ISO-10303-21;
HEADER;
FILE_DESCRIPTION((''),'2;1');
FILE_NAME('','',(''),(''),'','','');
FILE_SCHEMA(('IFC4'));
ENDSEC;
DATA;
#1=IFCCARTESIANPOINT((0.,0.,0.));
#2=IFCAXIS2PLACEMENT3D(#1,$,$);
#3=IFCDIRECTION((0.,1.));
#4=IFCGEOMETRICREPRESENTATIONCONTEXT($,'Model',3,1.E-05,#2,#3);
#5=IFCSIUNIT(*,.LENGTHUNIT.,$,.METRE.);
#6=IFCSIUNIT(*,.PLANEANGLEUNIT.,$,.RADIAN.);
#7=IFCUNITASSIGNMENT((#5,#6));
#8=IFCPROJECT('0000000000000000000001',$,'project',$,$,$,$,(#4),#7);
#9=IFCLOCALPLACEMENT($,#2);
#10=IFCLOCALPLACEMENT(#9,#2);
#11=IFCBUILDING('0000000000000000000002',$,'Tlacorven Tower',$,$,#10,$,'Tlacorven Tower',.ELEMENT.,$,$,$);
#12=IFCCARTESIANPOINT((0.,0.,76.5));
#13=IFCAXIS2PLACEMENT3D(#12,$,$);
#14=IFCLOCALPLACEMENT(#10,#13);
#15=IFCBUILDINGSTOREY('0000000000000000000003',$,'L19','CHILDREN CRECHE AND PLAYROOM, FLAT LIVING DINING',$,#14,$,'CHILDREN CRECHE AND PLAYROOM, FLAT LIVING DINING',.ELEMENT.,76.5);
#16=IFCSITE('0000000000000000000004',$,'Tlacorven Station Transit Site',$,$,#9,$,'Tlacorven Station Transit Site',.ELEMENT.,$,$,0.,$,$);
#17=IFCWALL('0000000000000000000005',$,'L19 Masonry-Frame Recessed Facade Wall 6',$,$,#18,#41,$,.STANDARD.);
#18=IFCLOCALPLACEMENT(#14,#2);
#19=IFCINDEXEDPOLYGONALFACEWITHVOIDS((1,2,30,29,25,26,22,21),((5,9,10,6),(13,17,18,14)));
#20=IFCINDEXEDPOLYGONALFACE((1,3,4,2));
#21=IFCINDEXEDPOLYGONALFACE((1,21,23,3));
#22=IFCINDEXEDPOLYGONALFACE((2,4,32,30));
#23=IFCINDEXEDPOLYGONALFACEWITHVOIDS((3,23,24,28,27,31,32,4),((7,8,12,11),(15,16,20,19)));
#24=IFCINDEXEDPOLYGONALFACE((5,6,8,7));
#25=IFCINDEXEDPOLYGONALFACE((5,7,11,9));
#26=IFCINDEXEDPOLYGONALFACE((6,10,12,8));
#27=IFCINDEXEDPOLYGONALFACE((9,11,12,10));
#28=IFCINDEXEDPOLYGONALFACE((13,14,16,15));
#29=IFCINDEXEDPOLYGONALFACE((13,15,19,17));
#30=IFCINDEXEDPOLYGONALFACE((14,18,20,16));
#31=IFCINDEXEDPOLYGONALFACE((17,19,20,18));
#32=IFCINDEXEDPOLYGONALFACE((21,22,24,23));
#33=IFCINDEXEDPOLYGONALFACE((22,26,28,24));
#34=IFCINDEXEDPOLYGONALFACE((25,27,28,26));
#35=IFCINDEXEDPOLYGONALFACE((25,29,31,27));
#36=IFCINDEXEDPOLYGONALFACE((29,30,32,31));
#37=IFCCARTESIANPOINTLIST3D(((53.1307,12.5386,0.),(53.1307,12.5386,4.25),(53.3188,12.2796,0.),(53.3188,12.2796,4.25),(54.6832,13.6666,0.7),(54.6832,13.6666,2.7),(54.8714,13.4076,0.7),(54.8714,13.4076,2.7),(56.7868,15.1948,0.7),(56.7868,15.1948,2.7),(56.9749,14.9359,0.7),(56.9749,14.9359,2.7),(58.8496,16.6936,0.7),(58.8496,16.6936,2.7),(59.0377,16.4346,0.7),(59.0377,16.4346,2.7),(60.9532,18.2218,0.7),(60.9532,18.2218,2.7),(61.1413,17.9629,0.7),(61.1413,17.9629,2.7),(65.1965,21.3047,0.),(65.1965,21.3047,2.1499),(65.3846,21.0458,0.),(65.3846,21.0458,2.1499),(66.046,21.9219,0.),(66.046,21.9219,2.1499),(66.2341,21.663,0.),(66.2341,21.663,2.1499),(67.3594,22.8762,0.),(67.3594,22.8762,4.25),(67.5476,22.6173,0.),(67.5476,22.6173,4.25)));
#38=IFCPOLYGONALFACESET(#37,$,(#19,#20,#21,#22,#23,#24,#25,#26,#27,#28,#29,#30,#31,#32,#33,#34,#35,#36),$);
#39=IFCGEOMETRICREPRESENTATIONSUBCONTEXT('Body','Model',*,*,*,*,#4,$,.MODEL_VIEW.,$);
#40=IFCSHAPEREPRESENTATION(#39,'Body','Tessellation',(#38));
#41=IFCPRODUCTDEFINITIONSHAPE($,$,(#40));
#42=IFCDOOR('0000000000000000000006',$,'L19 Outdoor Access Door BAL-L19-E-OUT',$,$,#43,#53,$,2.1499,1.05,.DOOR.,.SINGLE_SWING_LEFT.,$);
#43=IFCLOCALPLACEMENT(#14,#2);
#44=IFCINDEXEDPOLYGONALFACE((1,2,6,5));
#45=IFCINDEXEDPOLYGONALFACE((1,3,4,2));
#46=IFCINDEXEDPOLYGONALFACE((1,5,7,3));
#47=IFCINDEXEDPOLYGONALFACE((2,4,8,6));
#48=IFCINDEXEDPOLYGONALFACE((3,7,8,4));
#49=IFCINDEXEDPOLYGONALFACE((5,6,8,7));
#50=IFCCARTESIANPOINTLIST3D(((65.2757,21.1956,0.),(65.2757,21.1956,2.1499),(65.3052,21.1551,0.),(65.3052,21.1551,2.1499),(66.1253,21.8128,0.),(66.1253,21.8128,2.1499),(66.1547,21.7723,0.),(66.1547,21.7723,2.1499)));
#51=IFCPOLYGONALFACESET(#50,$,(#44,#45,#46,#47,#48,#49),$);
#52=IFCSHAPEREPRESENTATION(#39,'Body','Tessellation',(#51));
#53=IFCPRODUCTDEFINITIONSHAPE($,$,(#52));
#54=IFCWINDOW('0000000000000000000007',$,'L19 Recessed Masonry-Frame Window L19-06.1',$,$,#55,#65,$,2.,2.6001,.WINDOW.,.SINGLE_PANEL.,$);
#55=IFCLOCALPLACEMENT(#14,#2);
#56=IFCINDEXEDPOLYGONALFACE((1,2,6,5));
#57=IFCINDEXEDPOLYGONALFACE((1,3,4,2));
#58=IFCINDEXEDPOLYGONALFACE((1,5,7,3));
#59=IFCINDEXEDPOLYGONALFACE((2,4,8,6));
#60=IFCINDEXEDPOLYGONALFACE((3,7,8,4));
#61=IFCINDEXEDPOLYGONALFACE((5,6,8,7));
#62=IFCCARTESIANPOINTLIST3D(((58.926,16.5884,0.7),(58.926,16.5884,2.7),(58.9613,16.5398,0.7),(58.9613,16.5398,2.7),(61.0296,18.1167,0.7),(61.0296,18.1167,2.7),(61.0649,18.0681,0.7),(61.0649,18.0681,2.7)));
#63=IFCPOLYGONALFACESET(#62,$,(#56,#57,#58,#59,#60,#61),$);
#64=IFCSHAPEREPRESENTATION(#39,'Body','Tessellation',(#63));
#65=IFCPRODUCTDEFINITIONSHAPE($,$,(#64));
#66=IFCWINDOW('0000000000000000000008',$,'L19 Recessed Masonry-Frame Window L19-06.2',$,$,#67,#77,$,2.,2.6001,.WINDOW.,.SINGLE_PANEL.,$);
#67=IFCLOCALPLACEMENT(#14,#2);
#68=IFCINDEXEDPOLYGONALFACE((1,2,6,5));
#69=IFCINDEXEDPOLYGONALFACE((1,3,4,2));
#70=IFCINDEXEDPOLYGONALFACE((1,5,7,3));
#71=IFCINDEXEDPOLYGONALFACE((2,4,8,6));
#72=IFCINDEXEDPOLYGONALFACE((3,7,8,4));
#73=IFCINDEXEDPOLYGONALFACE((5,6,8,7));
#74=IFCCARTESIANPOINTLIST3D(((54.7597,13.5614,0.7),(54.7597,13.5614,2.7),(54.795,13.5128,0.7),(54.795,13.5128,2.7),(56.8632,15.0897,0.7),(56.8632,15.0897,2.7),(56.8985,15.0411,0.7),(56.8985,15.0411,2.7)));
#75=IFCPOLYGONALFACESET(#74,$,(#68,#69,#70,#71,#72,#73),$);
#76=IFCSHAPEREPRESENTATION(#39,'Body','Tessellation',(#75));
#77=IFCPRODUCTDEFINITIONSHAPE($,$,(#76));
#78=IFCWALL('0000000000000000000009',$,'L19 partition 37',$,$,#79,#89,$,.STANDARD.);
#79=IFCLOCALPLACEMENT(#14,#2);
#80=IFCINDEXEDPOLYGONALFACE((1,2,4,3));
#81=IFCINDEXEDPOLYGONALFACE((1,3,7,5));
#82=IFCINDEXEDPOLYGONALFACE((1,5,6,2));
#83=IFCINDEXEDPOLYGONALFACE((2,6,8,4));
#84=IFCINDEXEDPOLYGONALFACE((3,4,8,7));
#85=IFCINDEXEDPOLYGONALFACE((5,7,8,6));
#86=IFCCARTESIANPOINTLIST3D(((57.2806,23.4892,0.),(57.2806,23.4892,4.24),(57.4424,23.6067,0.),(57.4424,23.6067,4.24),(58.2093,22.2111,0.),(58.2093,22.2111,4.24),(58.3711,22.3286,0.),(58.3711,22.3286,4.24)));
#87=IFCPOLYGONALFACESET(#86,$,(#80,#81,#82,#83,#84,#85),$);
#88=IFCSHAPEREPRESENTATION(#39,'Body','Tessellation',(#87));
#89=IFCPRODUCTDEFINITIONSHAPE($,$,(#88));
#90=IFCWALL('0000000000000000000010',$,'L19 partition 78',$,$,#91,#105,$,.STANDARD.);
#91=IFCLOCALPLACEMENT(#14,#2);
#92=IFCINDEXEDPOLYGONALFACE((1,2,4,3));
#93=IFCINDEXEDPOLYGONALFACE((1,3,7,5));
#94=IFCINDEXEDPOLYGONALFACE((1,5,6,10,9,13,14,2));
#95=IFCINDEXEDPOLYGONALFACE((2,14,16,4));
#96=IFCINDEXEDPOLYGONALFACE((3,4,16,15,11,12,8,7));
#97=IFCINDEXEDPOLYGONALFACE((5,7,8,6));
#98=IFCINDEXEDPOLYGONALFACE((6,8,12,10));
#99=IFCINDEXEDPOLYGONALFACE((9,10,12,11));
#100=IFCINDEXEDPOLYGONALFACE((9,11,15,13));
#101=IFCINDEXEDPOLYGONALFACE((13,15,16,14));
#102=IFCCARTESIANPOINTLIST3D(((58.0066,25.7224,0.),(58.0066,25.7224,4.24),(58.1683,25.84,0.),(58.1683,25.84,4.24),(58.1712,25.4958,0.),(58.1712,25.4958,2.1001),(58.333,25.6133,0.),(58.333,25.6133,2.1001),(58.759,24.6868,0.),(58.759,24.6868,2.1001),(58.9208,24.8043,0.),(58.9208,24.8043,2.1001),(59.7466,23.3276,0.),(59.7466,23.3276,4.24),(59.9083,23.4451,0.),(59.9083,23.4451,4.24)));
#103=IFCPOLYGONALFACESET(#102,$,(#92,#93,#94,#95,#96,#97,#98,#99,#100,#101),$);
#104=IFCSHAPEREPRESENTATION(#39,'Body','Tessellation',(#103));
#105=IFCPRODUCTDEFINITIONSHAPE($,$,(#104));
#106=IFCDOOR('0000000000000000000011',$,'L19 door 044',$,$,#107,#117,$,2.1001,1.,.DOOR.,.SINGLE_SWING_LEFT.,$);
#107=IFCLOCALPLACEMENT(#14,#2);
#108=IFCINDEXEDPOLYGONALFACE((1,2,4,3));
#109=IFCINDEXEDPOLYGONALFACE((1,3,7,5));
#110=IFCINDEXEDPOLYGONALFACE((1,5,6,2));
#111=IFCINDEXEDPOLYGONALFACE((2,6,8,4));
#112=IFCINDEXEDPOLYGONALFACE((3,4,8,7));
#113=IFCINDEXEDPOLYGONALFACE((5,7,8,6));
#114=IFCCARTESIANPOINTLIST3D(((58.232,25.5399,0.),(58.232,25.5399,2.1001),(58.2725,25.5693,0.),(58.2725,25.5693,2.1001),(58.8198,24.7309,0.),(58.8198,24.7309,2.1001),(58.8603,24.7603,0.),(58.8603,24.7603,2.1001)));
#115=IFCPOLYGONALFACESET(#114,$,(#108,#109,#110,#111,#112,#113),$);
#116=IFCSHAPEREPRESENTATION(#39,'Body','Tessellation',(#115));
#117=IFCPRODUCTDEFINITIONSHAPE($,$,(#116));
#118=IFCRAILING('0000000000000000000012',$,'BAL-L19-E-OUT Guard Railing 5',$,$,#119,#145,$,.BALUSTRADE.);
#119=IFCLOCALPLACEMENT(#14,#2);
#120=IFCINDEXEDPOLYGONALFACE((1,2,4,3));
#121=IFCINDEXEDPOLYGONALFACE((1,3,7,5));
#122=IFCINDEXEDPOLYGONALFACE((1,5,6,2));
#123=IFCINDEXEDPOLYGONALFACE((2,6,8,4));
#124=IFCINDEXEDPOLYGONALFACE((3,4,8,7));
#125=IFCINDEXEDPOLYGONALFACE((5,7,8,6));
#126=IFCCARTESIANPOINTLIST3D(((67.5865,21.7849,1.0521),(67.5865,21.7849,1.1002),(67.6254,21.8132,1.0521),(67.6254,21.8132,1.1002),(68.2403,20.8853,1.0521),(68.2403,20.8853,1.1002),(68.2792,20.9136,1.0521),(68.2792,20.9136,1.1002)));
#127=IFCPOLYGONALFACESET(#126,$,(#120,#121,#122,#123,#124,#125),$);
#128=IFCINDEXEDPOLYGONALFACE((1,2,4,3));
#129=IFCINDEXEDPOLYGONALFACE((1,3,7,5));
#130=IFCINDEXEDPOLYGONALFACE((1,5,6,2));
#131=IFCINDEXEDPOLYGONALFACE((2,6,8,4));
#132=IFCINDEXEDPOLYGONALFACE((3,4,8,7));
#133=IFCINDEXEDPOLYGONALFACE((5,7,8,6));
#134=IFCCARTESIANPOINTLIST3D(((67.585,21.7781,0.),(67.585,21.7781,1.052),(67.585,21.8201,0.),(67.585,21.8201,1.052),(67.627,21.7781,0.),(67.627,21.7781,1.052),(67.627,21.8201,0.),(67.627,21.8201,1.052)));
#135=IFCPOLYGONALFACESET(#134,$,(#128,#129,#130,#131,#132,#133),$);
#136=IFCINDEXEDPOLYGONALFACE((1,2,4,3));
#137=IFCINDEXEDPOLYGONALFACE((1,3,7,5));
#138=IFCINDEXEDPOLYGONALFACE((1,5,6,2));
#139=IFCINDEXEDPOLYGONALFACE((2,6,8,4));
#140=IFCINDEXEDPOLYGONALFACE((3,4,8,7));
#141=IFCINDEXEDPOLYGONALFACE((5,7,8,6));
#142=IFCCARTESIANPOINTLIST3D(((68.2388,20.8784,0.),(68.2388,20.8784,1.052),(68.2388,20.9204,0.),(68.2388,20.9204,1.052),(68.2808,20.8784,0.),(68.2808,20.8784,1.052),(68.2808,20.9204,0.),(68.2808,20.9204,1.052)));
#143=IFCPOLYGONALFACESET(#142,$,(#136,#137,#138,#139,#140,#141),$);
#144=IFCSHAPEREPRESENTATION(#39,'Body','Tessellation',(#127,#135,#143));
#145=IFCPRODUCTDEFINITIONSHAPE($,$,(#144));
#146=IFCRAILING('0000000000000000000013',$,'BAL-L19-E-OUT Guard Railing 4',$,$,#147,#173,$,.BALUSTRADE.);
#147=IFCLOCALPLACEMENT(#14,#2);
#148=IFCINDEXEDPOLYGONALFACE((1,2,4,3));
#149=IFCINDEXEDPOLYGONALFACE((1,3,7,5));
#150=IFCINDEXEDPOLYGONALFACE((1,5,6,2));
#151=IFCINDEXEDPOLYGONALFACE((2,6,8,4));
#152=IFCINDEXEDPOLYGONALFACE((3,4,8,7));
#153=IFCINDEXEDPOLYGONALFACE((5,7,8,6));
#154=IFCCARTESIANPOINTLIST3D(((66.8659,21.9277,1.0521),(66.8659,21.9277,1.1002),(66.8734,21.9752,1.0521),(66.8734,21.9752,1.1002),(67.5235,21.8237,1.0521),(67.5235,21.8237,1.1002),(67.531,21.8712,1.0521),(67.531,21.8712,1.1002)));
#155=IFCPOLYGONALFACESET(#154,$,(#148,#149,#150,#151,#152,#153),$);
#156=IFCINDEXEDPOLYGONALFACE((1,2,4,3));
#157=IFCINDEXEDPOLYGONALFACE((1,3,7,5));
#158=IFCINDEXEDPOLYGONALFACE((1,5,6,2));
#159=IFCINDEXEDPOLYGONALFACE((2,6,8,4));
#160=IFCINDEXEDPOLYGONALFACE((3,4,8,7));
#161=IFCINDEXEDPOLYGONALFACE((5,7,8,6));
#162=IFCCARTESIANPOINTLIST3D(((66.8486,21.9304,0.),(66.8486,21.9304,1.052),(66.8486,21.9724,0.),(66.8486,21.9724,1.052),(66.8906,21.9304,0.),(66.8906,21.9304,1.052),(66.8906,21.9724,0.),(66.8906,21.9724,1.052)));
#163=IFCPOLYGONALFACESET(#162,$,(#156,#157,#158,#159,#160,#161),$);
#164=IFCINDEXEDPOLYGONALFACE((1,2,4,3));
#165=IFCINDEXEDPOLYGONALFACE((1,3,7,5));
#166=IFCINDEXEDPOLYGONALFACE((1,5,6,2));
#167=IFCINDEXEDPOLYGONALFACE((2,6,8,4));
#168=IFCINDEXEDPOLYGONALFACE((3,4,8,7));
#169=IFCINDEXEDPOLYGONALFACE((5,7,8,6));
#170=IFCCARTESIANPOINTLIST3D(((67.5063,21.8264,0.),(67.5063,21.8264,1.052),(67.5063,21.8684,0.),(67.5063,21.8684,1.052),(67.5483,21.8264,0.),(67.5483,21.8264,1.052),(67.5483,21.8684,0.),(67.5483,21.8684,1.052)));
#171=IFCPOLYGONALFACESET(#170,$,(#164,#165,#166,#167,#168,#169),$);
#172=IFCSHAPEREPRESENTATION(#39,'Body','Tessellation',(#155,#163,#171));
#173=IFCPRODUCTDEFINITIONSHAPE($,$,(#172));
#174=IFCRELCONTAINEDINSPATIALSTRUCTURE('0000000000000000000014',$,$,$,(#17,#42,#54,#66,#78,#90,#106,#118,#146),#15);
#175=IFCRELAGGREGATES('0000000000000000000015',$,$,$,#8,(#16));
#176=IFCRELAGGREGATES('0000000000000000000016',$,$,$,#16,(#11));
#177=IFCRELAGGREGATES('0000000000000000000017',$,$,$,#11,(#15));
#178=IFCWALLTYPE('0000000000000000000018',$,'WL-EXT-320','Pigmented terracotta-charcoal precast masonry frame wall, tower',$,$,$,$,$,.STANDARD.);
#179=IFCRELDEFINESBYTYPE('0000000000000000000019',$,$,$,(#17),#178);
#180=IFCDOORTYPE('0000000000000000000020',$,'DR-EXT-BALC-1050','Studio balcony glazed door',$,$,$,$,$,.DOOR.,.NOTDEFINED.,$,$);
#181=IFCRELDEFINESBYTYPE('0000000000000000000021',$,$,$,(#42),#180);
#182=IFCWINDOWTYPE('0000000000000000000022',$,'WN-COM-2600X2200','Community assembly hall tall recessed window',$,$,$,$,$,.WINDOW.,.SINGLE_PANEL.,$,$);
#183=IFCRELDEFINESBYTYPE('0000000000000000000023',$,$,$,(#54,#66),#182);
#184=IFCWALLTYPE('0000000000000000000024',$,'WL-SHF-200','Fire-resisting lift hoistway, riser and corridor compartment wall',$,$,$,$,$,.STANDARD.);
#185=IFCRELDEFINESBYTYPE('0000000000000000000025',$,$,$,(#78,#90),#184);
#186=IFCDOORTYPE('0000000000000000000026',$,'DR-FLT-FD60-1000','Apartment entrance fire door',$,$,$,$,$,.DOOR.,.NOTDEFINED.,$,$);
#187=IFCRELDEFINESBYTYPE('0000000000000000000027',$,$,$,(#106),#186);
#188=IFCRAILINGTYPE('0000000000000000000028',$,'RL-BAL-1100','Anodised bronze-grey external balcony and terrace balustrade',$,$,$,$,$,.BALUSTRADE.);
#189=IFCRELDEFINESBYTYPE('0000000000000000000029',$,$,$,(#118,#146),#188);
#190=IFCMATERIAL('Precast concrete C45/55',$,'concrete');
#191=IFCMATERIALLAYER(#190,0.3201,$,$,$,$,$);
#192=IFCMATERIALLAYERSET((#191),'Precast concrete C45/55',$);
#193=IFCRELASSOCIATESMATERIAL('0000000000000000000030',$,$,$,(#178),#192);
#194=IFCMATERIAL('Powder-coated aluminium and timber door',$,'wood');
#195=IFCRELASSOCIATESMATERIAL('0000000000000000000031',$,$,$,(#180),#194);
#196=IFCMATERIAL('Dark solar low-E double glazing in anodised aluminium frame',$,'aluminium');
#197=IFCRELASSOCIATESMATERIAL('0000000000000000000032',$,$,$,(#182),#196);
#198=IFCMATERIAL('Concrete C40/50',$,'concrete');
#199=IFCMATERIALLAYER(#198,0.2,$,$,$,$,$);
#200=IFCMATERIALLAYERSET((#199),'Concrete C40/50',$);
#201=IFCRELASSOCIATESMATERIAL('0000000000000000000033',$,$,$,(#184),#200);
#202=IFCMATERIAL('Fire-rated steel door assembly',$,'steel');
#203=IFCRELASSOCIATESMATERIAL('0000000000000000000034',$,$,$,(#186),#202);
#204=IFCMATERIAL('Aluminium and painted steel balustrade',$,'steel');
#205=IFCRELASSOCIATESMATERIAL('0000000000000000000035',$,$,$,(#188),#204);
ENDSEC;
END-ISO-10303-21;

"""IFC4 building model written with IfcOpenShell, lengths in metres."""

from ifc_helpers import new_model, si_unit, direction, frame, frame_2d, origin, origin_2d, place, context, subcontext, project, spatial, rectangle, extrude, source, transform, mapped, material, layer, layer_set, type_object, element, fill, save


model = new_model("IFC4")

# Units and contexts
model_context = context("Model", 3, precision=1e-05, world=origin(), true_north=direction((0.0, 1.0)))
body_context = subcontext(model_context, "Body", "Model", "MODEL_VIEW")
ifc_project = project(units=[si_unit("LENGTHUNIT", "METRE"), si_unit("PLANEANGLEUNIT", "RADIAN")], contexts=[model_context])

# Site, building, storey
site_placement = place(None, origin())
site = spatial("IfcSite", under=ifc_project, at=site_placement, Name="Tlacorven Station Transit Site", LongName="Tlacorven Station Transit Site", CompositionType="ELEMENT", RefElevation=0.0)
building_placement = place(site_placement, origin())
building = spatial("IfcBuilding", under=site, at=building_placement, Name="Tlacorven Tower", LongName="Tlacorven Tower", CompositionType="ELEMENT")
storey_placement = place(building_placement, frame((0.0, 0.0, 76.5)))
storey = spatial("IfcBuildingStorey", under=building, at=storey_placement, Name="L19", Description="CHILDREN CRECHE AND PLAYROOM, FLAT LIVING DINING", LongName="CHILDREN CRECHE AND PLAYROOM, FLAT LIVING DINING", CompositionType="ELEMENT", Elevation=76.5)

# Shared definitions
ifc_material_1 = material(Name="Fire-rated steel door assembly", Category="steel")

# Wall, openings, door, windows
ifc_material_2 = material(Name="Precast concrete C45/55", Category="concrete")
ifc_layer_1 = layer(ifc_material_2, 0.3201)
ifc_layer_set_1 = layer_set([ifc_layer_1], Name="Precast concrete C45/55")
wall_type_1 = type_object("IfcWallType", Name="WL-EXT-320", Description="Pigmented terracotta-charcoal precast masonry frame wall, tower", PredefinedType="STANDARD", material=ifc_layer_set_1)
wall_1_placement = place(storey_placement, frame((67.4536, 22.7468, 0.0), z_axis=(0.0, 0.0, 1.0), x_axis=(-0.809021, -0.58778, 0.0)))
wall_1 = element("IfcWall", 1, at=wall_1_placement, inside=storey, type_object=wall_type_1, Name="L19 Masonry-Frame Recessed Facade Wall 6", PredefinedType="STANDARD", context=body_context, shape_type="SweptSolid", body=[
    extrude(rectangle(XDim=17.5876, YDim=0.3201, at=frame_2d((8.7939, 0.0))), origin(), (0.0, 0.0, 1.0), 4.25),
])
opening_1_placement = place(wall_1_placement, frame((1.6238, 0.0, 0.0)))
opening_1 = element("IfcOpeningElement", 2, at=opening_1_placement, cuts=wall_1, PredefinedType="OPENING", context=body_context, shape_type="SweptSolid", body=[
    extrude(rectangle(XDim=1.05, YDim=2.1499, at=frame_2d((0.5249, 1.075))), frame((0.0, 0.1699, 0.0), z_axis=(0.0, -1.0, 0.0), x_axis=(1.0, 0.0, 0.0)), (0.0, 0.0, 1.0), 0.3401),
])
opening_2_placement = place(wall_1_placement, frame((7.9187, 0.0, 0.7)))
opening_2 = element("IfcOpeningElement", 3, at=opening_2_placement, cuts=wall_1, PredefinedType="OPENING", context=body_context, shape_type="SweptSolid", body=[
    extrude(rectangle(XDim=2.6001, YDim=2.0, at=frame_2d((1.3, 1.0))), frame((0.0, 0.1699, 0.0), z_axis=(0.0, -1.0, 0.0), x_axis=(1.0, 0.0, 0.0)), (0.0, 0.0, 1.0), 0.3401),
])
opening_3_placement = place(wall_1_placement, frame((13.0686, 0.0, 0.7)))
opening_3 = element("IfcOpeningElement", 4, at=opening_3_placement, cuts=wall_1, PredefinedType="OPENING", context=body_context, shape_type="SweptSolid", body=[
    extrude(rectangle(XDim=2.6001, YDim=2.0, at=frame_2d((1.3, 1.0))), frame((0.0, 0.1699, 0.0), z_axis=(0.0, -1.0, 0.0), x_axis=(1.0, 0.0, 0.0)), (0.0, 0.0, 1.0), 0.3401),
])
ifc_material_3 = material(Name="Powder-coated aluminium and timber door", Category="wood")
door_type_1 = type_object("IfcDoorType", Name="DR-EXT-BALC-1050", Description="Studio balcony glazed door", OperationType="NOTDEFINED", PredefinedType="DOOR", material=ifc_material_3)
shared_shape_1 = source(origin(), body_context, "Body", "SweptSolid", [
    extrude(rectangle(XDim=1.05, YDim=2.1499, at=frame_2d((0.5249, 1.075))), frame((0.0, 0.0249, 0.0), z_axis=(0.0, -1.0, 0.0), x_axis=(1.0, 0.0, 0.0)), (0.0, 0.0, 1.0), 0.05),
])
door_1_placement = place(opening_1_placement, origin())
door_1 = element("IfcDoor", 5, at=door_1_placement, inside=storey, type_object=door_type_1, Name="L19 Outdoor Access Door BAL-L19-E-OUT", OperationType="SINGLE_SWING_LEFT", OverallHeight=2.1499, OverallWidth=1.05, PredefinedType="DOOR", context=body_context, shape_type="MappedRepresentation", body=[
    mapped(shared_shape_1, transform((0.0, 0.0, 0.0), scale=1.0)),
])
fill(opening_1, door_1)
ifc_material_4 = material(Name="Dark solar low-E double glazing in anodised aluminium frame", Category="aluminium")
window_type = type_object("IfcWindowType", Name="WN-COM-2600X2200", Description="Community assembly hall tall recessed window", PartitioningType="SINGLE_PANEL", PredefinedType="WINDOW", material=ifc_material_4)
shared_shape_2 = source(origin(), body_context, "Body", "SweptSolid", [
    extrude(rectangle(XDim=2.6001, YDim=2.0, at=frame_2d((1.3, 1.0))), frame((0.0, 0.03, 0.0), z_axis=(0.0, -1.0, 0.0), x_axis=(1.0, 0.0, 0.0)), (0.0, 0.0, 1.0), 0.0601),
])
window_1_placement = place(opening_2_placement, origin())
window_1 = element("IfcWindow", 6, at=window_1_placement, inside=storey, type_object=window_type, Name="L19 Recessed Masonry-Frame Window L19-06.1", OverallHeight=2.0, OverallWidth=2.6001, PartitioningType="SINGLE_PANEL", PredefinedType="WINDOW", context=body_context, shape_type="MappedRepresentation", body=[
    mapped(shared_shape_2, transform((0.0, 0.0, 0.0), scale=1.0)),
])
fill(opening_2, window_1)
window_2_placement = place(opening_3_placement, origin())
window_2 = element("IfcWindow", 7, at=window_2_placement, inside=storey, type_object=window_type, Name="L19 Recessed Masonry-Frame Window L19-06.2", OverallHeight=2.0, OverallWidth=2.6001, PartitioningType="SINGLE_PANEL", PredefinedType="WINDOW", context=body_context, shape_type="MappedRepresentation", body=[
    mapped(shared_shape_2, transform((0.0, 0.0, 0.0), scale=1.0)),
])
fill(opening_3, window_2)

# Wall
ifc_material_5 = material(Name="Concrete C40/50", Category="concrete")
ifc_layer_2 = layer(ifc_material_5, 0.2)
ifc_layer_set_2 = layer_set([ifc_layer_2], Name="Concrete C40/50")
wall_type_2 = type_object("IfcWallType", Name="WL-SHF-200", Description="Fire-resisting lift hoistway, riser and corridor compartment wall", PredefinedType="STANDARD", material=ifc_layer_set_2)
wall_2_placement = place(storey_placement, frame((58.2903, 22.2698, 0.0), z_axis=(0.0, 0.0, 1.0), x_axis=(-0.587841, 0.808977, 0.0)))
element("IfcWall", 8, at=wall_2_placement, inside=storey, type_object=wall_type_2, Name="L19 partition 37", PredefinedType="STANDARD", context=body_context, shape_type="SweptSolid", body=[
    extrude(rectangle(XDim=1.5798, YDim=0.2, at=frame_2d((0.79, 0.0))), origin(), (0.0, 0.0, 1.0), 4.24),
])

# Wall, opening, door
wall_3_placement = place(storey_placement, frame((59.8274, 23.3865, 0.0), z_axis=(0.0, 0.0, 1.0), x_axis=(-0.587804, 0.809003, 0.0)))
wall_3 = element("IfcWall", 9, at=wall_3_placement, inside=storey, type_object=wall_type_2, Name="L19 partition 78", PredefinedType="STANDARD", context=body_context, shape_type="SweptSolid", body=[
    extrude(rectangle(XDim=2.9602, YDim=0.2, at=frame_2d((1.48, 0.0))), origin(), (0.0, 0.0, 1.0), 4.24),
])
opening_4_placement = place(wall_3_placement, frame((1.6799, 0.0, 0.0)))
opening_4 = element("IfcOpeningElement", 10, at=opening_4_placement, cuts=wall_3, PredefinedType="OPENING", context=body_context, shape_type="SweptSolid", body=[
    extrude(rectangle(XDim=1.0, YDim=2.1001, at=frame_2d((0.5, 1.05))), frame((0.0, 0.1099, 0.0), z_axis=(0.0, -1.0, 0.0), x_axis=(1.0, 0.0, 0.0)), (0.0, 0.0, 1.0), 0.22),
])
door_type_2 = type_object("IfcDoorType", Name="DR-FLT-FD60-1000", Description="Apartment entrance fire door", OperationType="NOTDEFINED", PredefinedType="DOOR", material=ifc_material_1)
shared_shape_3 = source(origin(), body_context, "Body", "SweptSolid", [
    extrude(rectangle(XDim=1.0, YDim=2.1001, at=frame_2d((0.5, 1.05))), frame((0.0, 0.0249, 0.0), z_axis=(0.0, -1.0, 0.0), x_axis=(1.0, 0.0, 0.0)), (0.0, 0.0, 1.0), 0.05),
])
door_2_placement = place(opening_4_placement, origin())
door_2 = element("IfcDoor", 11, at=door_2_placement, inside=storey, type_object=door_type_2, Name="L19 door 044", OperationType="SINGLE_SWING_LEFT", OverallHeight=2.1001, OverallWidth=1.0, PredefinedType="DOOR", context=body_context, shape_type="MappedRepresentation", body=[
    mapped(shared_shape_3, transform((0.0, 0.0, 0.0), scale=1.0)),
])
fill(opening_4, door_2)

# Railings
ifc_material_6 = material(Name="Aluminium and painted steel balustrade", Category="steel")
railing_type = type_object("IfcRailingType", Name="RL-BAL-1100", Description="Anodised bronze-grey external balcony and terrace balustrade", PredefinedType="BALUSTRADE", material=ifc_material_6)
shared_shape_4 = source(origin(), body_context, "Body", "SweptSolid", [
    extrude(rectangle(XDim=0.0481, YDim=0.0481, at=origin_2d()), frame((0.0, 0.0, 1.0762), z_axis=(0.587884, -0.808945, 0.0), x_axis=(0.808945, 0.587884, 0.0)), (0.0, 0.0, 1.0), 1.1121),
    extrude(rectangle(XDim=0.042, YDim=0.042, at=origin_2d()), origin(), (0.0, 0.0, 1.0), 1.052),
    extrude(rectangle(XDim=0.042, YDim=0.042, at=origin_2d()), frame((0.6538, -0.8997, 0.0)), (0.0, 0.0, 1.0), 1.052),
])
railing_1_placement = place(storey_placement, frame((67.606, 21.7991, 0.0)))
element("IfcRailing", 12, at=railing_1_placement, inside=storey, type_object=railing_type, Name="BAL-L19-E-OUT Guard Railing 5", PredefinedType="BALUSTRADE", context=body_context, shape_type="MappedRepresentation", body=[
    mapped(shared_shape_4, transform((0.0, 0.0, 0.0), scale=1.0)),
])
shared_shape_5 = source(origin(), body_context, "Body", "SweptSolid", [
    extrude(rectangle(XDim=0.0481, YDim=0.0481, at=origin_2d()), frame((0.0, 0.0, 1.0762), z_axis=(0.987727, -0.156188, 0.0), x_axis=(0.156188, 0.987727, 0.0)), (0.0, 0.0, 1.0), 0.6658),
    extrude(rectangle(XDim=0.042, YDim=0.042, at=origin_2d()), origin(), (0.0, 0.0, 1.0), 1.052),
    extrude(rectangle(XDim=0.042, YDim=0.042, at=origin_2d()), frame((0.6577, -0.104, 0.0)), (0.0, 0.0, 1.0), 1.052),
])
railing_2_placement = place(storey_placement, frame((66.8696, 21.9514, 0.0)))
element("IfcRailing", 13, at=railing_2_placement, inside=storey, type_object=railing_type, Name="BAL-L19-E-OUT Guard Railing 4", PredefinedType="BALUSTRADE", context=body_context, shape_type="MappedRepresentation", body=[
    mapped(shared_shape_5, transform((0.0, 0.0, 0.0), scale=1.0)),
])

save(model, "model.ifc")
